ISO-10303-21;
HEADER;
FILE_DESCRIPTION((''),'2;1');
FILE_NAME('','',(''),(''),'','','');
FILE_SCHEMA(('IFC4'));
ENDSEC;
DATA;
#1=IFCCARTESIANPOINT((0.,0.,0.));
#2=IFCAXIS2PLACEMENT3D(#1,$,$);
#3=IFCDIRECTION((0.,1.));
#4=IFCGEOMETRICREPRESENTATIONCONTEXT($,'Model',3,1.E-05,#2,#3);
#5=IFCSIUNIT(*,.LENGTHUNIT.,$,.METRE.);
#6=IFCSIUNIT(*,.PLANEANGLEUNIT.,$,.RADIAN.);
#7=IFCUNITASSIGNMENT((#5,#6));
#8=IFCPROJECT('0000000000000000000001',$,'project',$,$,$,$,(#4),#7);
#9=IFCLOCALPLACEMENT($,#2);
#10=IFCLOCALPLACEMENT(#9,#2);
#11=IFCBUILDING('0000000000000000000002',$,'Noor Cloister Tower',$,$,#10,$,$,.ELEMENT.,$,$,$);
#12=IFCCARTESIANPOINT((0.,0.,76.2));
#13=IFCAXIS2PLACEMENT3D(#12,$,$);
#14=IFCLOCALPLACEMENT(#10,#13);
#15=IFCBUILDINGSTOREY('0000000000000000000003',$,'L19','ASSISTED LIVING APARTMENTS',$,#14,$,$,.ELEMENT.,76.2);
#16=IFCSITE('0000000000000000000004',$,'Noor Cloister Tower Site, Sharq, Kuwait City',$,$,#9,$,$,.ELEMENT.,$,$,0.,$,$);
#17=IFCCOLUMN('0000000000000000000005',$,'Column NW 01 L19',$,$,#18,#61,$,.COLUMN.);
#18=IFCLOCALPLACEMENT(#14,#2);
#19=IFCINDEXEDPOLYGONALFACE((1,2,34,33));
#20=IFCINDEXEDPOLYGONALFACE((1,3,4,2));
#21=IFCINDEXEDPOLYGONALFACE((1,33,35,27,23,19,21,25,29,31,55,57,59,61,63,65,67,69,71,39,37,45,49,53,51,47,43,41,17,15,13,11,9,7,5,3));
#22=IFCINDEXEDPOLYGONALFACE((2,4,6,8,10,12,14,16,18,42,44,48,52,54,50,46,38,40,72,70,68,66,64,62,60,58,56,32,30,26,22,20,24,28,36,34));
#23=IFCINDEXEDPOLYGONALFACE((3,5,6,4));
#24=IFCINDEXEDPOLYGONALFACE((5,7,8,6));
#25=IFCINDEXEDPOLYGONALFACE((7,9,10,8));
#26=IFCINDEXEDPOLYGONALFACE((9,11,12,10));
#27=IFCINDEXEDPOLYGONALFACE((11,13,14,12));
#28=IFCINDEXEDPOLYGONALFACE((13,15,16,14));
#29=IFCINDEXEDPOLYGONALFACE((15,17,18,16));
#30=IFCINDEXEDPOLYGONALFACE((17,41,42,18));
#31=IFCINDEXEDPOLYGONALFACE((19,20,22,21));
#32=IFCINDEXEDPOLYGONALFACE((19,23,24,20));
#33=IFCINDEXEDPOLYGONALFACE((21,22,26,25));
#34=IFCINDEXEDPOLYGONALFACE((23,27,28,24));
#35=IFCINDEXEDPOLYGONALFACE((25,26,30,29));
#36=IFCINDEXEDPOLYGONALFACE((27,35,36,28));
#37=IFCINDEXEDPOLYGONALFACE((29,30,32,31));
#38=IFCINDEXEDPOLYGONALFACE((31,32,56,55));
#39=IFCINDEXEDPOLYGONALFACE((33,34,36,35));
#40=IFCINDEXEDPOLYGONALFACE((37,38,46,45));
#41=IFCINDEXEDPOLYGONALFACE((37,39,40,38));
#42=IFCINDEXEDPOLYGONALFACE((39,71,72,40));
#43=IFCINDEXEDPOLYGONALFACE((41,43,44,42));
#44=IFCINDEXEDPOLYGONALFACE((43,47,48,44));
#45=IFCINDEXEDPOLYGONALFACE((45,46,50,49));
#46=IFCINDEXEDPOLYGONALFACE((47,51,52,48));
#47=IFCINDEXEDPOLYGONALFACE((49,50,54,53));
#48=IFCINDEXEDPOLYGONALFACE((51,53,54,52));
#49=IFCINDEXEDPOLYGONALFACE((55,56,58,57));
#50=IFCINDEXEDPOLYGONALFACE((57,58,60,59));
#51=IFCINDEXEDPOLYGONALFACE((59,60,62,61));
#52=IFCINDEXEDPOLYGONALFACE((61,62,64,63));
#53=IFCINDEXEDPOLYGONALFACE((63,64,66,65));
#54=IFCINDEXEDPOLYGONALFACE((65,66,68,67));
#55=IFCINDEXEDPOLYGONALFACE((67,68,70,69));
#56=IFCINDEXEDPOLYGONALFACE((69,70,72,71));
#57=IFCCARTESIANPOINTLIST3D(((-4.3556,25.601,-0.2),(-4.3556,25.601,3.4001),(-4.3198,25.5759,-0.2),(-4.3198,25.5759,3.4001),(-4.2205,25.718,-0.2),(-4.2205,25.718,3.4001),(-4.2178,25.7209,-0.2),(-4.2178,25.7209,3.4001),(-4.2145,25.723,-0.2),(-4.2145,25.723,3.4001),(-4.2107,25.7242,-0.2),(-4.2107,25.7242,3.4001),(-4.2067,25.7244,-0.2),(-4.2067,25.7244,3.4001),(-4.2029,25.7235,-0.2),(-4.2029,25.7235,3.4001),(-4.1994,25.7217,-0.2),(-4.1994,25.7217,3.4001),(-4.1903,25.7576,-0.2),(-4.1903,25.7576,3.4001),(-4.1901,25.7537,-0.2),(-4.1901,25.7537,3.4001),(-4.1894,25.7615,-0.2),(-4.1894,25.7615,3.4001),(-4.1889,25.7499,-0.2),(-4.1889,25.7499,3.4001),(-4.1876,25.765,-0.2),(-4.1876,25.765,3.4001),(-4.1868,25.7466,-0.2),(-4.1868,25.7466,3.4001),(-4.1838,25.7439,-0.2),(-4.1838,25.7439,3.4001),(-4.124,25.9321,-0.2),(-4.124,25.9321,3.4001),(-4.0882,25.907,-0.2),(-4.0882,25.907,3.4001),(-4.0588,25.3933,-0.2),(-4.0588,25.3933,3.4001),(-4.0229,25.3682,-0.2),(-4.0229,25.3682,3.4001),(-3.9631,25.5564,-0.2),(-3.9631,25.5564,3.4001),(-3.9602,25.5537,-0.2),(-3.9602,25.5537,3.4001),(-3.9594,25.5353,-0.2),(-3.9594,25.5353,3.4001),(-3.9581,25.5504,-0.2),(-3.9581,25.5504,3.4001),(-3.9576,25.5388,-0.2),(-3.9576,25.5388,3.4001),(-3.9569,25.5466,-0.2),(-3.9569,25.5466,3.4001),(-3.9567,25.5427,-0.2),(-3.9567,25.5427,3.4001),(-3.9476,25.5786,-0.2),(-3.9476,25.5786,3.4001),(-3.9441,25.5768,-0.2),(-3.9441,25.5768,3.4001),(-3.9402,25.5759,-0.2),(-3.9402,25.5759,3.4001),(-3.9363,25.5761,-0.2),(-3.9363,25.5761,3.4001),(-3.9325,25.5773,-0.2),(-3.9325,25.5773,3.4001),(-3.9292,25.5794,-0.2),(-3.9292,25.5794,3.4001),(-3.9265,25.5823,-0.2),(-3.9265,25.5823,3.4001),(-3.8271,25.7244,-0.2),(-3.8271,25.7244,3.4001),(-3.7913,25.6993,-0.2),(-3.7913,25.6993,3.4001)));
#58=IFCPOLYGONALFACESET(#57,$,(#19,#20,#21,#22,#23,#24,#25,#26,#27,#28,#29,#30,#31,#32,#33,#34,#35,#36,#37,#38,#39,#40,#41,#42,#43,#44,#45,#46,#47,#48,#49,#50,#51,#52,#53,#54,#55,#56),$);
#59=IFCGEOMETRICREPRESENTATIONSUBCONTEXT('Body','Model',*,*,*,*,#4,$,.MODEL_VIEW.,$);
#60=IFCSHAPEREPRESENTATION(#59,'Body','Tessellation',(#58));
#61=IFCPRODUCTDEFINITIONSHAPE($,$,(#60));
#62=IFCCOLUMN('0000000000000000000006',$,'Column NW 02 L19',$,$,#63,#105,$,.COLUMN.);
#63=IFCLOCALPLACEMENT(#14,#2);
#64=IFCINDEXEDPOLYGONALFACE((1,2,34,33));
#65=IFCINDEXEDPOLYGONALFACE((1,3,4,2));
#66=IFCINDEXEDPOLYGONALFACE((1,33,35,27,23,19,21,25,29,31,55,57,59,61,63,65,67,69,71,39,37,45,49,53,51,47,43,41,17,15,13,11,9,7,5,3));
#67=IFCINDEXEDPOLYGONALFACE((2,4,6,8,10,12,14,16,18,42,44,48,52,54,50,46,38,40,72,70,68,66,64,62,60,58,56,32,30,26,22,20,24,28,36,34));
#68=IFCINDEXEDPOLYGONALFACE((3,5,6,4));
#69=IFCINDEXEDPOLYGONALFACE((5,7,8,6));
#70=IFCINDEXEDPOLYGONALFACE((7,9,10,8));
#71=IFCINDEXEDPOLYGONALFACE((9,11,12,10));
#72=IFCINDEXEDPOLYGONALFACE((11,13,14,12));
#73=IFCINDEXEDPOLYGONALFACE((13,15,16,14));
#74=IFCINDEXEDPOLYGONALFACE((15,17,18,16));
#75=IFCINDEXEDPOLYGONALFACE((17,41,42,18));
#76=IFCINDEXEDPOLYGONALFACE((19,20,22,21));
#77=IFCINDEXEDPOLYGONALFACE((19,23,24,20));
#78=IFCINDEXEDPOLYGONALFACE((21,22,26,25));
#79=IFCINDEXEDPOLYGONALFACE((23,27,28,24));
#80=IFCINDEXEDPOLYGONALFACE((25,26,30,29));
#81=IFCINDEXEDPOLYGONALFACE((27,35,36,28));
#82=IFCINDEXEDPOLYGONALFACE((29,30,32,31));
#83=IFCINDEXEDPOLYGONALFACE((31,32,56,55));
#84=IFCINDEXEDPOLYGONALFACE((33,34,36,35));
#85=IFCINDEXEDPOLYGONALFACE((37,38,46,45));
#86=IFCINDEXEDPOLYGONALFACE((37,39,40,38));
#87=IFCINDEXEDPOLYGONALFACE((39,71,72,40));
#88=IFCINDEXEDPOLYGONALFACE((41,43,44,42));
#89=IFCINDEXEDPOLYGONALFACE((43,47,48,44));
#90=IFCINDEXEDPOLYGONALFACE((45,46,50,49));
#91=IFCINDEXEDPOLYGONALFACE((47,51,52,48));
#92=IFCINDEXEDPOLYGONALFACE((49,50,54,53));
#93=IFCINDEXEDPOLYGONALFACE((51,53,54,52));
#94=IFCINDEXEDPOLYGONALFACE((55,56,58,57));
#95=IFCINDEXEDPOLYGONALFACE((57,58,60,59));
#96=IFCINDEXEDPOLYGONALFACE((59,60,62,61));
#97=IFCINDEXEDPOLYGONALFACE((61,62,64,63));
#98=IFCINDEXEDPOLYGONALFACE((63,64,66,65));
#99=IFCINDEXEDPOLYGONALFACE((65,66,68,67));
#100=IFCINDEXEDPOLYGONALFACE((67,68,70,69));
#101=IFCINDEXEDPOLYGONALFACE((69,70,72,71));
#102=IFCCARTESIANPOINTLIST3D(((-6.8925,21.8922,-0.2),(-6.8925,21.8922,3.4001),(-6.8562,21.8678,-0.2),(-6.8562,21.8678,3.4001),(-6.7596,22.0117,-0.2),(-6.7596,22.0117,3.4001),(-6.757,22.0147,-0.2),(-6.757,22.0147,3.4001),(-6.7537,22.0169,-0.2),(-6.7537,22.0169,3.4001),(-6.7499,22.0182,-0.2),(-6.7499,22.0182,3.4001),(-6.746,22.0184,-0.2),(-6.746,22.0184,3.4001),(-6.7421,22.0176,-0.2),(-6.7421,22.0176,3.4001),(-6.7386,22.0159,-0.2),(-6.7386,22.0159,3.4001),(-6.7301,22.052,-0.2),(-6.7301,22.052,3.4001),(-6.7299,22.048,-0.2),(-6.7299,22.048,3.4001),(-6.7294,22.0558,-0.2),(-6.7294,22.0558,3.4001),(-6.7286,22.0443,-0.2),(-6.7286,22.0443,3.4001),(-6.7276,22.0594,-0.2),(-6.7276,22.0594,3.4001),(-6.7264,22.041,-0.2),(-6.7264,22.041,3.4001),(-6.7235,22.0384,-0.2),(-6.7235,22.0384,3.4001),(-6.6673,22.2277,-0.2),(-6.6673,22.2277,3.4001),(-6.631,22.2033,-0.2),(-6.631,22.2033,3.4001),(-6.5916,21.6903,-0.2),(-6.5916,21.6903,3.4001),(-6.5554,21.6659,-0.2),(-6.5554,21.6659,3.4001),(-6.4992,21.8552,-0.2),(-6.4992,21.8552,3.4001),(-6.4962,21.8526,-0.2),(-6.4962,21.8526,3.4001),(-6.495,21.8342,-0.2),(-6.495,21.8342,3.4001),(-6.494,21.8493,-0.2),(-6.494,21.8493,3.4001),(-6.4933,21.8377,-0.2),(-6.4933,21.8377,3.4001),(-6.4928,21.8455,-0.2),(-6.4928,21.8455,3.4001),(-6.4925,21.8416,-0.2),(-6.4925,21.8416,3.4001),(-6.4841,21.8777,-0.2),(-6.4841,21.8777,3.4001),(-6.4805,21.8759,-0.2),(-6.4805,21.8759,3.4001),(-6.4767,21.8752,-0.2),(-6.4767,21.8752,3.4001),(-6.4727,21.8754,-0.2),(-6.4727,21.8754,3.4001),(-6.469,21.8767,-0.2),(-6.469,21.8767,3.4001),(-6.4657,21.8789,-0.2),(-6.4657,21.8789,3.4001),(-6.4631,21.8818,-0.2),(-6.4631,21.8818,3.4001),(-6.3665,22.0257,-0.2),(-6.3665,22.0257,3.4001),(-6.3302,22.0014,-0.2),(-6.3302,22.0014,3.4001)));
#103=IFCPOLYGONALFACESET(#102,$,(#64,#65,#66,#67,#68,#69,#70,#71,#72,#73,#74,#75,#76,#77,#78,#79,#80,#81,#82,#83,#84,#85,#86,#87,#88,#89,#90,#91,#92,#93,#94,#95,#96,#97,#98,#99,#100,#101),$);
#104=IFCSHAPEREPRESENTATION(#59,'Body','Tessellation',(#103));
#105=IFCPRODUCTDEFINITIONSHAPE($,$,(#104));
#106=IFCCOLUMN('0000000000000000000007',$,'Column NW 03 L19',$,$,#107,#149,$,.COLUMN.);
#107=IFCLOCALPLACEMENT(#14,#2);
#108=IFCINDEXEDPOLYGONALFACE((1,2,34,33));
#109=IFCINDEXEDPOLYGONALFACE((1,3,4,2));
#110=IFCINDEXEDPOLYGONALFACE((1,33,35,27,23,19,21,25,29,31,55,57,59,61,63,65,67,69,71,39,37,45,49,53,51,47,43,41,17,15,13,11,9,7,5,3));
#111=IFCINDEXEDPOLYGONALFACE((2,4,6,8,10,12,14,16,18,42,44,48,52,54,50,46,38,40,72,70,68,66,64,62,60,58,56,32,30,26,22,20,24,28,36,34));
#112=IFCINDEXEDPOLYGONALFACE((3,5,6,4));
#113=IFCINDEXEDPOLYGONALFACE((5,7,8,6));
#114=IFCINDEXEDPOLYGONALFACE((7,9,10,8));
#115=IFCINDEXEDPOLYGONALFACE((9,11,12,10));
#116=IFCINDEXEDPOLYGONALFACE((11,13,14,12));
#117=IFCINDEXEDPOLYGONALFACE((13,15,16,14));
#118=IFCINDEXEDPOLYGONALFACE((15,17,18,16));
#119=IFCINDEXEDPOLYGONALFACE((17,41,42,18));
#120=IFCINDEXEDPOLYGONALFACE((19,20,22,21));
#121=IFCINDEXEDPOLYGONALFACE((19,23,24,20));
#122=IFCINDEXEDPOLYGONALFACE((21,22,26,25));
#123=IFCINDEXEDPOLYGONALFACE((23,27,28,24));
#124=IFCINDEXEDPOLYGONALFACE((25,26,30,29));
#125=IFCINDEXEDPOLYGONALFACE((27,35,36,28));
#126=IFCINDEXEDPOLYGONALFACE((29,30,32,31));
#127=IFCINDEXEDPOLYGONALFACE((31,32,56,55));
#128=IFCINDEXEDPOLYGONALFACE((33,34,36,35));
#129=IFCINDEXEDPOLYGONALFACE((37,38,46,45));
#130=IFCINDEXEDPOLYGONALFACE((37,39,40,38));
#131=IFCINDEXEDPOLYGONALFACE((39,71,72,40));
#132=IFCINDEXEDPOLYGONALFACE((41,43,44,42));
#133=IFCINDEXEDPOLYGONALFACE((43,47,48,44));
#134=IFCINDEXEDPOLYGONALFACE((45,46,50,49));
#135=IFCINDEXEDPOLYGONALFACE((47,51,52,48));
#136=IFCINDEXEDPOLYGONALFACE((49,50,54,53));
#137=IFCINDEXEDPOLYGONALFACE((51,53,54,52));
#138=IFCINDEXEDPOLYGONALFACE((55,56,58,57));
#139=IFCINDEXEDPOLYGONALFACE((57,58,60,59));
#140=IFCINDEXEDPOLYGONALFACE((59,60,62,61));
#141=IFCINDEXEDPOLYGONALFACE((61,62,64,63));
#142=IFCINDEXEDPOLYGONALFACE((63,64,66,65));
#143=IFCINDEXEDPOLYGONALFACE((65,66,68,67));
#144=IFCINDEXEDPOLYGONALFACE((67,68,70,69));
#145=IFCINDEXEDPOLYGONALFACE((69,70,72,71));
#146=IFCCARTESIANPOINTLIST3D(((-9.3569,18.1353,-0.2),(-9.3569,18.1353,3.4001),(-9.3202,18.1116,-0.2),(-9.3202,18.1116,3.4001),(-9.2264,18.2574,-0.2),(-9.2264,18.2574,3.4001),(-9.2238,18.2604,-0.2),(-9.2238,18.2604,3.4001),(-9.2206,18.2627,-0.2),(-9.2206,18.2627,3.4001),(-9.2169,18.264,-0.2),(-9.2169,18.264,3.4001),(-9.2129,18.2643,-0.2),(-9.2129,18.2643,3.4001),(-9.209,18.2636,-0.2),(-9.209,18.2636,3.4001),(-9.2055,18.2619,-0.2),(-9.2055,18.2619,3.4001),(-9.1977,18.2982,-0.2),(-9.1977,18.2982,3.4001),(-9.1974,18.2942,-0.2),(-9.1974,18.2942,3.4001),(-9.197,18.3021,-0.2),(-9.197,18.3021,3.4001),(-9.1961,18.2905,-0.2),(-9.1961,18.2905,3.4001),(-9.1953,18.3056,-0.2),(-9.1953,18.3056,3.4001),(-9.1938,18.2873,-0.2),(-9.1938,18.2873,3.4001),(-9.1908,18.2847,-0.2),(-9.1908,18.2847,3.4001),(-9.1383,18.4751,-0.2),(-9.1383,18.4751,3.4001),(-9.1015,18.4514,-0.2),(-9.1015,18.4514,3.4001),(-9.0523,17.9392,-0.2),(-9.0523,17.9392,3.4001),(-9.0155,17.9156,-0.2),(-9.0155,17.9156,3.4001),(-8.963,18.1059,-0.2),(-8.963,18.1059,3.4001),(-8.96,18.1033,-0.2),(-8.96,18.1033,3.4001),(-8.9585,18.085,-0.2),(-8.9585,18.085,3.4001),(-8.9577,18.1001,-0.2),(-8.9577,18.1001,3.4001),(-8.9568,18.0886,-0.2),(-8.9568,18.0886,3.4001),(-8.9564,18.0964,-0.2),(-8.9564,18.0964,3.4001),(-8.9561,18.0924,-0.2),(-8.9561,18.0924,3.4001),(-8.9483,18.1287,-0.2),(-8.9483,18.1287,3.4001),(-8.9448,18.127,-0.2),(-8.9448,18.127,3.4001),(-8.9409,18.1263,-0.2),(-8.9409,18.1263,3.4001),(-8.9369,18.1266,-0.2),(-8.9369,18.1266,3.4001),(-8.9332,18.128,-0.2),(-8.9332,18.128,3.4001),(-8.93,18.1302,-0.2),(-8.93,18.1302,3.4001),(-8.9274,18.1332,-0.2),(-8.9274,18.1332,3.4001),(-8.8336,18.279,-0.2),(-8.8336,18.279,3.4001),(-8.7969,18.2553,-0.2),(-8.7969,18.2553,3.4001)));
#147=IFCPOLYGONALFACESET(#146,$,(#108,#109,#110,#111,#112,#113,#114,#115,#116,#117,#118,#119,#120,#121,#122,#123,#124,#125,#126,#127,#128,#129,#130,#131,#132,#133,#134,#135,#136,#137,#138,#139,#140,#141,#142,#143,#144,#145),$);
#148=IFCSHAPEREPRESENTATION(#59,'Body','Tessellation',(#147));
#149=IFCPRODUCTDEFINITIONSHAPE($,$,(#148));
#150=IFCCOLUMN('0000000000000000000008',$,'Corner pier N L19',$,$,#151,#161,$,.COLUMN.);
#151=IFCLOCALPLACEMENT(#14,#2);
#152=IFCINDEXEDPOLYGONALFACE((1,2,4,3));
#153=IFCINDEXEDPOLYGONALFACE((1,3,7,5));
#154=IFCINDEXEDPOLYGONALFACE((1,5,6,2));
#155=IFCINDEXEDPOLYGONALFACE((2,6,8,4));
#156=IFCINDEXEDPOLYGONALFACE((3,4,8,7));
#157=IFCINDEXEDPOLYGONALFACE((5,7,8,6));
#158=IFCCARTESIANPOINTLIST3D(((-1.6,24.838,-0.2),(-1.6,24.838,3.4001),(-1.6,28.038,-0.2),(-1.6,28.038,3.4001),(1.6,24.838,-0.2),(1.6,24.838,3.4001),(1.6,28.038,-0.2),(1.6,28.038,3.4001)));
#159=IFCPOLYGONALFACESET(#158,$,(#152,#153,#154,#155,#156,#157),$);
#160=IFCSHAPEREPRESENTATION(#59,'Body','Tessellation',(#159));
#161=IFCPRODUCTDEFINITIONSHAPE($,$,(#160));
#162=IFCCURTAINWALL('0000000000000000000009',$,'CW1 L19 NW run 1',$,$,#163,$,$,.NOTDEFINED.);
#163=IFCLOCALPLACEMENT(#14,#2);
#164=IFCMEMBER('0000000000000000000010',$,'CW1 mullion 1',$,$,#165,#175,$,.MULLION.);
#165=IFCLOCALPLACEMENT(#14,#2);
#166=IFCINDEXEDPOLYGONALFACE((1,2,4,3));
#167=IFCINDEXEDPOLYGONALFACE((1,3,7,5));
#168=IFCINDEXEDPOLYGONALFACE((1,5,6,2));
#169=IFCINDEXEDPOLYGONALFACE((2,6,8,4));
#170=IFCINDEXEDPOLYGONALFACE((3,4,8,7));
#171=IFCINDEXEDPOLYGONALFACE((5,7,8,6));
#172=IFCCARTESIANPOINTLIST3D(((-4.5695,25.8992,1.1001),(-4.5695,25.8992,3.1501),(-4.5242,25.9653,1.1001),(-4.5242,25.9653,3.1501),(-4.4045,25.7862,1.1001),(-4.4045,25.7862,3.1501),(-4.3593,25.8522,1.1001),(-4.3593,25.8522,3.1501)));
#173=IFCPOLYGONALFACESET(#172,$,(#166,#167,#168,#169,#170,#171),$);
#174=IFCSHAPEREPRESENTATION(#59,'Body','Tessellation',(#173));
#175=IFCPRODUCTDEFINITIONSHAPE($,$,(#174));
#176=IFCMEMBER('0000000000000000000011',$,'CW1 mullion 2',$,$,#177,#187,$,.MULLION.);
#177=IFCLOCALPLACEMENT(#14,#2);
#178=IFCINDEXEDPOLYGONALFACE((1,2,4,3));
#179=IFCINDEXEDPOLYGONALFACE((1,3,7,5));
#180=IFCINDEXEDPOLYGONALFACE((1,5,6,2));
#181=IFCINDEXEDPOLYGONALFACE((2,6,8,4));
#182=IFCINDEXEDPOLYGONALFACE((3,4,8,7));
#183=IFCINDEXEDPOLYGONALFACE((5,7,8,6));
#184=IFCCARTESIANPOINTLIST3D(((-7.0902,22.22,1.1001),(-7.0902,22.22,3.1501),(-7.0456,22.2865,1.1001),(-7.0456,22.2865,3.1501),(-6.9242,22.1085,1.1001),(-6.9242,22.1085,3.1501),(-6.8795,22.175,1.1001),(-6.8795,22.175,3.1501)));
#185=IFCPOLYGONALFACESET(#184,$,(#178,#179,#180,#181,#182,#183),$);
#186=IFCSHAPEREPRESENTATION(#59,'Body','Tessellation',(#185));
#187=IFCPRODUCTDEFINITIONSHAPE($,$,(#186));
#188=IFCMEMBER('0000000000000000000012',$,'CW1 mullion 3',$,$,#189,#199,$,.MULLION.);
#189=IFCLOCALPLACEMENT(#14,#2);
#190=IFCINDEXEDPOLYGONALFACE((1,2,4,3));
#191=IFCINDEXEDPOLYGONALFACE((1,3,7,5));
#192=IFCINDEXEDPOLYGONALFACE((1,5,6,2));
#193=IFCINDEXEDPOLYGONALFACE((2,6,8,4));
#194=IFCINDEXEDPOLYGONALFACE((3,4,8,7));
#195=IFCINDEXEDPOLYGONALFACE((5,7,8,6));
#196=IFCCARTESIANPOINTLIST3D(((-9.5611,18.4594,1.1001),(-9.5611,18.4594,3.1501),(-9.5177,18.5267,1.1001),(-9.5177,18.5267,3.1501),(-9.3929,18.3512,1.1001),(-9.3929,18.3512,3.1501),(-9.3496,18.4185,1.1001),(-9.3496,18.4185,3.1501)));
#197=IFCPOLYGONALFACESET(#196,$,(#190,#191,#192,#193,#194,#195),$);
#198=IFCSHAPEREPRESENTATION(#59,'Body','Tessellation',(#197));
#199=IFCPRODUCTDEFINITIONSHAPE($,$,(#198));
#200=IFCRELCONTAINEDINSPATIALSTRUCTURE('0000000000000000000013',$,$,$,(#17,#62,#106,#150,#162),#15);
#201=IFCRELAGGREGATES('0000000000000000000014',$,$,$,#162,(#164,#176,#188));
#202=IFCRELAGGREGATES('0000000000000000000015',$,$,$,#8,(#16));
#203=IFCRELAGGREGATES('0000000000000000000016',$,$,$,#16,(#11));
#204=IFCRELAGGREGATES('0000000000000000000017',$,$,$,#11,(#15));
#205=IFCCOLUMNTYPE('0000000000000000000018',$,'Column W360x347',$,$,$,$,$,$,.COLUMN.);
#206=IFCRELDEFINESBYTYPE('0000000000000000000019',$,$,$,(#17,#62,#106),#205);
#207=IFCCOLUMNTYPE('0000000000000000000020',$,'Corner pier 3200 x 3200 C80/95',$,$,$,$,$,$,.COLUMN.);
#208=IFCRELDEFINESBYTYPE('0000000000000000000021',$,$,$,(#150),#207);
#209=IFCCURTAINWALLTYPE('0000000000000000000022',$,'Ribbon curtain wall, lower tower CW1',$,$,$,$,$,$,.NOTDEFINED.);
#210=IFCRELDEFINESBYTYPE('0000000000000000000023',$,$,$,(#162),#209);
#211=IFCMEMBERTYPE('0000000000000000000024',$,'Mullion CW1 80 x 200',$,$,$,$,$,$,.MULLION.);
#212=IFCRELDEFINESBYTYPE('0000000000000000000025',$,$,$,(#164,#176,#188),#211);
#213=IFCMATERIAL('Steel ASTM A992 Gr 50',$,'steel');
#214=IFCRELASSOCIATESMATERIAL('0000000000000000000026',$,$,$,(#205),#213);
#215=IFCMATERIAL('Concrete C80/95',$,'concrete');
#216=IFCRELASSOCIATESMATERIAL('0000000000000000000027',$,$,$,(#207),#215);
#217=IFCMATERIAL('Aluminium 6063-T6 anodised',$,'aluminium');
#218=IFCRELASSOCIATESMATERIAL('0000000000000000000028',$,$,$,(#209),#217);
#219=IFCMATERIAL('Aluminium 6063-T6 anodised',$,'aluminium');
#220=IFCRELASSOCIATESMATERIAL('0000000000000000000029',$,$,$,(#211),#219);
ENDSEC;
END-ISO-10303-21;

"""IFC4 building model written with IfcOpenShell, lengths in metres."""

from ifc_helpers import new_model, si_unit, direction, frame, origin, origin_2d, place, context, subcontext, project, spatial, rectangle, i_section, extrude, material, material_profile, profile_set, type_object, element, aggregate, save


model = new_model("IFC4")

# Units and contexts
model_context = context("Model", 3, precision=1e-05, world=origin(), true_north=direction((0.0, 1.0)))
body_context = subcontext(model_context, "Body", "Model", "MODEL_VIEW")
ifc_project = project(units=[si_unit("LENGTHUNIT", "METRE"), si_unit("PLANEANGLEUNIT", "RADIAN")], contexts=[model_context])

# Site, building, storey
site_placement = place(None, origin())
site = spatial("IfcSite", under=ifc_project, at=site_placement, Name="Noor Cloister Tower Site, Sharq, Kuwait City", CompositionType="ELEMENT", RefElevation=0.0)
building_placement = place(site_placement, origin())
building = spatial("IfcBuilding", under=site, at=building_placement, Name="Noor Cloister Tower", CompositionType="ELEMENT")
storey_placement = place(building_placement, frame((0.0, 0.0, 76.2)))
storey = spatial("IfcBuildingStorey", under=building, at=storey_placement, Name="L19", Description="ASSISTED LIVING APARTMENTS", CompositionType="ELEMENT", Elevation=76.2)

# Columns
ifc_material_1 = material(Name="Steel ASTM A992 Gr 50", Category="steel")
ifc_material_profile_1 = material_profile(ifc_material_1, i_section(OverallWidth=0.4041, OverallDepth=0.406, WebThickness=0.0271, FlangeThickness=0.0437, FilletRadius=0.0151, at=origin_2d()), Name="W360x347")
ifc_profile_set_1 = profile_set([ifc_material_profile_1], Name="Steel ASTM A992 Gr 50")
column_type_1 = type_object("IfcColumnType", Name="Column W360x347", PredefinedType="COLUMN", material=ifc_profile_set_1)
for number, where, z_axis, x_axis, name in (
    (1, (-4.0735, 25.6501, -0.2), (0.0, 0.0, 1.0), (-0.573207, -0.819411, 0.0), "Column NW 01 L19"),
    (2, (-6.6113, 21.9468, -0.2), (0.0, 0.0, 1.0), (-0.557293, -0.830316, 0.0), "Column NW 02 L19"),
    (3, (-9.0769, 18.1953, -0.2), (0.0, 0.0, 1.0), (-0.541171, -0.840912, 0.0), "Column NW 03 L19"),
):
    element("IfcColumn", number, at=place(storey_placement, frame(where, z_axis=z_axis, x_axis=x_axis)), inside=storey, type_object=column_type_1, Name=name, PredefinedType="COLUMN", context=body_context, shape_type="SweptSolid", body=[
        extrude(i_section(OverallWidth=0.4041, OverallDepth=0.406, WebThickness=0.0271, FlangeThickness=0.0437, FilletRadius=0.0151, at=origin_2d()), origin(), (0.0, 0.0, 1.0), 3.6001),
    ])
ifc_material_2 = material(Name="Concrete C80/95", Category="concrete")
ifc_material_profile_2 = material_profile(ifc_material_2, rectangle(XDim=3.2, YDim=3.2, at=origin_2d()), Name="RC 3200x3200")
ifc_profile_set_2 = profile_set([ifc_material_profile_2], Name="Concrete C80/95")
column_type_2 = type_object("IfcColumnType", Name="Corner pier 3200 x 3200 C80/95", PredefinedType="COLUMN", material=ifc_profile_set_2)
column_placement = place(storey_placement, frame((0.0, 26.438, -0.2), z_axis=(0.0, 0.0, 1.0), x_axis=(0.0, 1.0, 0.0)))
element("IfcColumn", 4, at=column_placement, inside=storey, type_object=column_type_2, Name="Corner pier N L19", PredefinedType="COLUMN", context=body_context, shape_type="SweptSolid", body=[
    extrude(rectangle(XDim=3.2, YDim=3.2, at=origin_2d()), origin(), (0.0, 0.0, 1.0), 3.6001),
])

# Curtain wall, members
ifc_material_3 = material(Name="Aluminium 6063-T6 anodised", Category="aluminium")
curtain_wall_type = type_object("IfcCurtainWallType", Name="Ribbon curtain wall, lower tower CW1", PredefinedType="NOTDEFINED", material=ifc_material_3)
curtain_wall_placement = place(storey_placement, origin())
curtain_wall = element("IfcCurtainWall", 5, at=curtain_wall_placement, inside=storey, type_object=curtain_wall_type, Name="CW1 L19 NW run 1", PredefinedType="NOTDEFINED")
ifc_material_4 = material(Name="Aluminium 6063-T6 anodised", Category="aluminium")
ifc_material_profile_3 = material_profile(ifc_material_4, rectangle(XDim=0.2, YDim=0.0801, at=origin_2d()), Name="200 x 80 mullion")
ifc_profile_set_3 = profile_set([ifc_material_profile_3], Name="Aluminium 6063-T6 anodised")
member_type = type_object("IfcMemberType", Name="Mullion CW1 80 x 200", PredefinedType="MULLION", material=ifc_profile_set_3)
member_1_placement = place(storey_placement, frame((-4.4644, 25.8757, 1.1001), z_axis=(0.0, 0.0, 1.0), x_axis=(0.824902, -0.565276, 0.0)))
member_1 = element("IfcMember", 6, at=member_1_placement, type_object=member_type, Name="CW1 mullion 1", PredefinedType="MULLION", context=body_context, shape_type="SweptSolid", body=[
    extrude(rectangle(XDim=0.2, YDim=0.0801, at=origin_2d()), origin(), (0.0, 0.0, 1.0), 2.05),
])
member_2_placement = place(storey_placement, frame((-6.9849, 22.1975, 1.1001), z_axis=(0.0, 0.0, 1.0), x_axis=(0.830316, -0.557293, 0.0)))
member_2 = element("IfcMember", 7, at=member_2_placement, type_object=member_type, Name="CW1 mullion 2", PredefinedType="MULLION", context=body_context, shape_type="SweptSolid", body=[
    extrude(rectangle(XDim=0.2, YDim=0.0801, at=origin_2d()), origin(), (0.0, 0.0, 1.0), 2.05),
])
member_3_placement = place(storey_placement, frame((-9.4553, 18.439, 1.1001), z_axis=(0.0, 0.0, 1.0), x_axis=(0.840912, -0.541171, 0.0)))
member_3 = element("IfcMember", 8, at=member_3_placement, type_object=member_type, Name="CW1 mullion 3", PredefinedType="MULLION", context=body_context, shape_type="SweptSolid", body=[
    extrude(rectangle(XDim=0.2, YDim=0.0801, at=origin_2d()), origin(), (0.0, 0.0, 1.0), 2.05),
])

aggregate(curtain_wall, [member_1, member_2, member_3])

save(model, "model.ifc")
